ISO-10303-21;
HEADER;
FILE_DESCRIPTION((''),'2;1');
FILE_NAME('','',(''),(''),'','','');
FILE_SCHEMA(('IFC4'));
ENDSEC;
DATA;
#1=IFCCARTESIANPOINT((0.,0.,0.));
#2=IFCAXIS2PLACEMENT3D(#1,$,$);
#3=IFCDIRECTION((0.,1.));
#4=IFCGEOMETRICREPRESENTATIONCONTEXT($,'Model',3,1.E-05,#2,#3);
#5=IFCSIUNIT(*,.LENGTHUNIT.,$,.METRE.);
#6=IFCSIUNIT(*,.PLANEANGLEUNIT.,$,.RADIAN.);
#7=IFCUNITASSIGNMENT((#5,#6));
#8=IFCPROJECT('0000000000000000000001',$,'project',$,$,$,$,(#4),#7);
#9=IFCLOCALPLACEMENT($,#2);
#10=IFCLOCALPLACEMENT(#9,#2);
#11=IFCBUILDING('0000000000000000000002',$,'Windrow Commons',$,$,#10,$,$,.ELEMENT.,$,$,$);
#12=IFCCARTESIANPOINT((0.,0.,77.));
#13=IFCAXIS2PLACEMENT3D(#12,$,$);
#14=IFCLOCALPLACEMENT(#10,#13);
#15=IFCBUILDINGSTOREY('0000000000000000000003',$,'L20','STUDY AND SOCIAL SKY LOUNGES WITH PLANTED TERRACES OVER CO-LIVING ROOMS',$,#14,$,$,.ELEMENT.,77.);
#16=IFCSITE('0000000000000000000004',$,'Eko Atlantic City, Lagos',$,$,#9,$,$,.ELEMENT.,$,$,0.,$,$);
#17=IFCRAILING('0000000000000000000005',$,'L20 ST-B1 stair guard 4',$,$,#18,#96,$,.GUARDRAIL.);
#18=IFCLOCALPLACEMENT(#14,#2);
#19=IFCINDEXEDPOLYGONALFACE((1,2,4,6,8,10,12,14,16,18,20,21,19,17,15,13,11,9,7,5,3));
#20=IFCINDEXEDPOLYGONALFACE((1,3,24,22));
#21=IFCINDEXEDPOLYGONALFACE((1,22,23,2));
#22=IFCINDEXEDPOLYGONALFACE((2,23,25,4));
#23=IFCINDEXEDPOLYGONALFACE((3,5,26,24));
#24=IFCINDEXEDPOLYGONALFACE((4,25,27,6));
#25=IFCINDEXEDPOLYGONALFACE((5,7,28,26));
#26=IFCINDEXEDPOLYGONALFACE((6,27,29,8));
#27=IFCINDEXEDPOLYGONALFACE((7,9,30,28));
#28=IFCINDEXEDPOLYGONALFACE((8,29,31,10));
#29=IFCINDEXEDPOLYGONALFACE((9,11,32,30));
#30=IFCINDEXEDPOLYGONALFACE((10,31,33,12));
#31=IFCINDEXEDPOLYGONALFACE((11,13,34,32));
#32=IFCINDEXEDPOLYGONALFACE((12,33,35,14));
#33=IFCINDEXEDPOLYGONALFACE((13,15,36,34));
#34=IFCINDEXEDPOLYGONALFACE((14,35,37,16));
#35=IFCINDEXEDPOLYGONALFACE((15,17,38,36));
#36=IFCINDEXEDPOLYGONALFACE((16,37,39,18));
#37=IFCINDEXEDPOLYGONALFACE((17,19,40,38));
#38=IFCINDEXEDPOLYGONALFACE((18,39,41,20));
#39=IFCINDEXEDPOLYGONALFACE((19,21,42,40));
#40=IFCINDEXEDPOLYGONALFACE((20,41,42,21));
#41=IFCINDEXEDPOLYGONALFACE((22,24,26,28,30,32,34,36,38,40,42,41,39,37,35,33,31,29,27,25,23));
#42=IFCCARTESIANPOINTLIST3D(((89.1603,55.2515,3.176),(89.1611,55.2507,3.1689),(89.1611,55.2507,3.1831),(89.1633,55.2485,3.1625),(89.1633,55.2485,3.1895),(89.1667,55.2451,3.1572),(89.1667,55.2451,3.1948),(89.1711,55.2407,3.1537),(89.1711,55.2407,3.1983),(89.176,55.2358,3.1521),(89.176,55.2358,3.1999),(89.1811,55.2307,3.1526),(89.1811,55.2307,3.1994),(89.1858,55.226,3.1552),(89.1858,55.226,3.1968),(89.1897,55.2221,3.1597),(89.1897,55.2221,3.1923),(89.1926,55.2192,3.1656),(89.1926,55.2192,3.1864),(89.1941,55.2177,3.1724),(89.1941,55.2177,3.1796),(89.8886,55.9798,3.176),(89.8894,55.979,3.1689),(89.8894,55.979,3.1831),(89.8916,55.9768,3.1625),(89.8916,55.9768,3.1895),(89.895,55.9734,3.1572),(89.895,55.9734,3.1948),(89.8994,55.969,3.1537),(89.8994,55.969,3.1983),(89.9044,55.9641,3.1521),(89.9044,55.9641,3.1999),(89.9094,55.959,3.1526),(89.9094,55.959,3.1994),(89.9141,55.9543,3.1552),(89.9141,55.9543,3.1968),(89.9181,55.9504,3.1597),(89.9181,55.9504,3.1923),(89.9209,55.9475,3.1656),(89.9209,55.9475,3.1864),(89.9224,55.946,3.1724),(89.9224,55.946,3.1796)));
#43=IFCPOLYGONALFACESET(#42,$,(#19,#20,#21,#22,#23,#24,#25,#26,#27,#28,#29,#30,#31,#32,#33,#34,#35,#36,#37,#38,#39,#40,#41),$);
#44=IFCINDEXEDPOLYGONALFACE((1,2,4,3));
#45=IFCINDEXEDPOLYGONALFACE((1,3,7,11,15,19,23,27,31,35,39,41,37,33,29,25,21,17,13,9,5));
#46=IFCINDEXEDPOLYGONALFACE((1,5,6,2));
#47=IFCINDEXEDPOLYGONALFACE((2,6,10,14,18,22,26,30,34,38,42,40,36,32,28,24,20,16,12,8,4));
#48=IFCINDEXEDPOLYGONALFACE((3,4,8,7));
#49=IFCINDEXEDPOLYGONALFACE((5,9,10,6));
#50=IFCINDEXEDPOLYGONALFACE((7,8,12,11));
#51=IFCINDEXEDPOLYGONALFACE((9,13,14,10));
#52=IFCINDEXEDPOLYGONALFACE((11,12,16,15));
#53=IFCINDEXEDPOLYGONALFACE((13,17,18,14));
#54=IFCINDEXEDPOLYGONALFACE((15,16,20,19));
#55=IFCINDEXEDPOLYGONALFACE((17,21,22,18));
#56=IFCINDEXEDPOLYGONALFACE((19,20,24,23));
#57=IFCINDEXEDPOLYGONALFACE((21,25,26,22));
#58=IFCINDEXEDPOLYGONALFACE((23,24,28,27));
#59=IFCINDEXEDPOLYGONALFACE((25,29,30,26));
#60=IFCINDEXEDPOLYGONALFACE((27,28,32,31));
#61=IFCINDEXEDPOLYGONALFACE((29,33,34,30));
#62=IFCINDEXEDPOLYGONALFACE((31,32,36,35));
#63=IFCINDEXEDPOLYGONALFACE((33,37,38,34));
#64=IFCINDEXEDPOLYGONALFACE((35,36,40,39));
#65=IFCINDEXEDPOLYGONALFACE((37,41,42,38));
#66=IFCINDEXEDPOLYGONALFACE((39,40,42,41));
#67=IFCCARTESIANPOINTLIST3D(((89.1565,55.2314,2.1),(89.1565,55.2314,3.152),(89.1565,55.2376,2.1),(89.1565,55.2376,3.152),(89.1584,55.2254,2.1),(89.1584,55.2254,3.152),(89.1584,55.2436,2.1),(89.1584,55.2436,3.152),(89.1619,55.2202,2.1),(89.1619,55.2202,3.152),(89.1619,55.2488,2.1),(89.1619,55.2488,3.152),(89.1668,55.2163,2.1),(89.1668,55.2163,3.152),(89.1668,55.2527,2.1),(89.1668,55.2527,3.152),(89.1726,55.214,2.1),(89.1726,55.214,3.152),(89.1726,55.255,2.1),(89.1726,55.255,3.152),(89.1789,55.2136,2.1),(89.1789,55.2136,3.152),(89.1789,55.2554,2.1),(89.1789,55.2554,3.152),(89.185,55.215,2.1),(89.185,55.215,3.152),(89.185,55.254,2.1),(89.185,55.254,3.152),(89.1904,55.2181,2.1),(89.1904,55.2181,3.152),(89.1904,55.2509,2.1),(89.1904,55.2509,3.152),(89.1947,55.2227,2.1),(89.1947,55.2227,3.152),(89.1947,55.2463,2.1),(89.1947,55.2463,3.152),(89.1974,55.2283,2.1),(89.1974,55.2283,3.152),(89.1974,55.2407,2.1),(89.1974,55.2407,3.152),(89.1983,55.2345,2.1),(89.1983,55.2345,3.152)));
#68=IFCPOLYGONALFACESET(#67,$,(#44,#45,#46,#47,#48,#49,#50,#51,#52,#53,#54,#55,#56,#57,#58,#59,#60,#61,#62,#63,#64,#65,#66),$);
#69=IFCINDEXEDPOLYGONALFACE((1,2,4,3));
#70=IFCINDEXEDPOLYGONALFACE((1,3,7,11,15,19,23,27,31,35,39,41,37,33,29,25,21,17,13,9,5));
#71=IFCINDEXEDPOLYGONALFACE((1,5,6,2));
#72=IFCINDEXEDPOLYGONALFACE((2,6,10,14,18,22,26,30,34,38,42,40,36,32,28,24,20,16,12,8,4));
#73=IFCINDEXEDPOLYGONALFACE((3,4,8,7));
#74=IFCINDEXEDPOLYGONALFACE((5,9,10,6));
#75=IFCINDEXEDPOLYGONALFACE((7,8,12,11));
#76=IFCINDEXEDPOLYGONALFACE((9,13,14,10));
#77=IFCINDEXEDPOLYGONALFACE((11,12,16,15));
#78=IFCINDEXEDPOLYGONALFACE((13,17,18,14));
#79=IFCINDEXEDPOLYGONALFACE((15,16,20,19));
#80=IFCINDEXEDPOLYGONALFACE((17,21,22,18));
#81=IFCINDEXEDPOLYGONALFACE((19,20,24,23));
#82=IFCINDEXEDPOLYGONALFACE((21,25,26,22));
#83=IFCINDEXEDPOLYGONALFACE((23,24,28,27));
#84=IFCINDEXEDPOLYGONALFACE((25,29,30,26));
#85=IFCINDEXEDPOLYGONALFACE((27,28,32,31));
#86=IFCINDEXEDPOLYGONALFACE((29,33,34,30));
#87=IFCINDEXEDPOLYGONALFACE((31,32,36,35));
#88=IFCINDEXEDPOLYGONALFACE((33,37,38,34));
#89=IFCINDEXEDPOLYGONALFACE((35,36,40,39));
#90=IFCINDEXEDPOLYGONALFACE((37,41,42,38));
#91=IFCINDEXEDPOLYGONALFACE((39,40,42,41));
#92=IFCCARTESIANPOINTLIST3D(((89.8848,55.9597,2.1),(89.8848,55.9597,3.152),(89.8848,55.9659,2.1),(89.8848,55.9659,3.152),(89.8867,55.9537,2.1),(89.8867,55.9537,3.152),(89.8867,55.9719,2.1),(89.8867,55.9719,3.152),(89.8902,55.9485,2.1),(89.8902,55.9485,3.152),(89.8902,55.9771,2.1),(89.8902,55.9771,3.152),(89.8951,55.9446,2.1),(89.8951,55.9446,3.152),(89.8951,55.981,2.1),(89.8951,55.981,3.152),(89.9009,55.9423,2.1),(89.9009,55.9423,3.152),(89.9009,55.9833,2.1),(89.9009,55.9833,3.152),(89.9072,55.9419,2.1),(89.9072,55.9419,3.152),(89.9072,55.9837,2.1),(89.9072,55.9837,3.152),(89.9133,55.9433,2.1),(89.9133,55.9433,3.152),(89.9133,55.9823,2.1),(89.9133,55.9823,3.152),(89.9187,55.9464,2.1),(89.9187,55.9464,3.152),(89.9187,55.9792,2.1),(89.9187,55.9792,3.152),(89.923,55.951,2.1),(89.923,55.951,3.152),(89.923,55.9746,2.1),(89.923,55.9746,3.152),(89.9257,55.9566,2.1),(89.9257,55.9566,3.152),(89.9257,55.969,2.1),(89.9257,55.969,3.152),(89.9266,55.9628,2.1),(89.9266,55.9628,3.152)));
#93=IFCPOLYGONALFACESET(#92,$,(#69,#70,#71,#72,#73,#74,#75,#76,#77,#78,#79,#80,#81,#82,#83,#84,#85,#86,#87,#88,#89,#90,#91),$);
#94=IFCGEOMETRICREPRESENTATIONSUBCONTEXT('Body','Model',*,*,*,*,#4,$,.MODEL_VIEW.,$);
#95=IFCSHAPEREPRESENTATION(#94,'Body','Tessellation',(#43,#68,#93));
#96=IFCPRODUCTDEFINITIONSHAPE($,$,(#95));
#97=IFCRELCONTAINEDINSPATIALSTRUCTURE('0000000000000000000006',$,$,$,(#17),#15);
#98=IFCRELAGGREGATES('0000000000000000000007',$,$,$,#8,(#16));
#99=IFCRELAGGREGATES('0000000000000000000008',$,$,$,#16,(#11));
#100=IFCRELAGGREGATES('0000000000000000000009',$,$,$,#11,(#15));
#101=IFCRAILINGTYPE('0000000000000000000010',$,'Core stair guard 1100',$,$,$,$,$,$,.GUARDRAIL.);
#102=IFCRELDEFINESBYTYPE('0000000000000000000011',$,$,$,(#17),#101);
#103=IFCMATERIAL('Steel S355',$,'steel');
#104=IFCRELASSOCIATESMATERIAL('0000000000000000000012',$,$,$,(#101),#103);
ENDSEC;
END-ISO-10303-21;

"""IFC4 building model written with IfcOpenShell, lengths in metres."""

from ifc_helpers import new_model, si_unit, direction, frame, origin, origin_2d, place, context, subcontext, project, spatial, circle, extrude, material, type_object, element, save


model = new_model("IFC4")

# Units and contexts
model_context = context("Model", 3, precision=1e-05, world=origin(), true_north=direction((0.0, 1.0)))
body_context = subcontext(model_context, "Body", "Model", "MODEL_VIEW")
ifc_project = project(units=[si_unit("LENGTHUNIT", "METRE"), si_unit("PLANEANGLEUNIT", "RADIAN")], contexts=[model_context])

# Site, building, storey
site_placement = place(None, origin())
site = spatial("IfcSite", under=ifc_project, at=site_placement, Name="Eko Atlantic City, Lagos", CompositionType="ELEMENT", RefElevation=0.0)
building_placement = place(site_placement, origin())
building = spatial("IfcBuilding", under=site, at=building_placement, Name="Windrow Commons", CompositionType="ELEMENT")
storey_placement = place(building_placement, frame((0.0, 0.0, 77.0)))
storey = spatial("IfcBuildingStorey", under=building, at=storey_placement, Name="L20", Description="STUDY AND SOCIAL SKY LOUNGES WITH PLANTED TERRACES OVER CO-LIVING ROOMS", CompositionType="ELEMENT", Elevation=77.0)

# Railing
ifc_material_1 = material(Name="Steel S355", Category="steel")
railing_type_1 = type_object("IfcRailingType", Name="Core stair guard 1100", PredefinedType="GUARDRAIL", material=ifc_material_1)
railing_1_placement = place(storey_placement, frame((89.1773, 55.2345, 2.1)))
element("IfcRailing", 1, at=railing_1_placement, inside=storey, type_object=railing_type_1, Name="L20 ST-B1 stair guard 4", PredefinedType="GUARDRAIL", context=body_context, shape_type="SweptSolid", body=[
    extrude(circle(Radius=0.024, at=origin_2d()), frame((0.0, 0.0, 1.076), z_axis=(0.707107, 0.707107, 0.0), x_axis=(-0.707107, 0.707107, 0.0)), (0.0, 0.0, 1.0), 1.03),
    extrude(circle(Radius=0.021, at=origin_2d()), origin(), (0.0, 0.0, 1.0), 1.052),
    extrude(circle(Radius=0.021, at=origin_2d()), frame((0.7283, 0.7283, 0.0)), (0.0, 0.0, 1.0), 1.052),
])

save(model, "model.ifc")
